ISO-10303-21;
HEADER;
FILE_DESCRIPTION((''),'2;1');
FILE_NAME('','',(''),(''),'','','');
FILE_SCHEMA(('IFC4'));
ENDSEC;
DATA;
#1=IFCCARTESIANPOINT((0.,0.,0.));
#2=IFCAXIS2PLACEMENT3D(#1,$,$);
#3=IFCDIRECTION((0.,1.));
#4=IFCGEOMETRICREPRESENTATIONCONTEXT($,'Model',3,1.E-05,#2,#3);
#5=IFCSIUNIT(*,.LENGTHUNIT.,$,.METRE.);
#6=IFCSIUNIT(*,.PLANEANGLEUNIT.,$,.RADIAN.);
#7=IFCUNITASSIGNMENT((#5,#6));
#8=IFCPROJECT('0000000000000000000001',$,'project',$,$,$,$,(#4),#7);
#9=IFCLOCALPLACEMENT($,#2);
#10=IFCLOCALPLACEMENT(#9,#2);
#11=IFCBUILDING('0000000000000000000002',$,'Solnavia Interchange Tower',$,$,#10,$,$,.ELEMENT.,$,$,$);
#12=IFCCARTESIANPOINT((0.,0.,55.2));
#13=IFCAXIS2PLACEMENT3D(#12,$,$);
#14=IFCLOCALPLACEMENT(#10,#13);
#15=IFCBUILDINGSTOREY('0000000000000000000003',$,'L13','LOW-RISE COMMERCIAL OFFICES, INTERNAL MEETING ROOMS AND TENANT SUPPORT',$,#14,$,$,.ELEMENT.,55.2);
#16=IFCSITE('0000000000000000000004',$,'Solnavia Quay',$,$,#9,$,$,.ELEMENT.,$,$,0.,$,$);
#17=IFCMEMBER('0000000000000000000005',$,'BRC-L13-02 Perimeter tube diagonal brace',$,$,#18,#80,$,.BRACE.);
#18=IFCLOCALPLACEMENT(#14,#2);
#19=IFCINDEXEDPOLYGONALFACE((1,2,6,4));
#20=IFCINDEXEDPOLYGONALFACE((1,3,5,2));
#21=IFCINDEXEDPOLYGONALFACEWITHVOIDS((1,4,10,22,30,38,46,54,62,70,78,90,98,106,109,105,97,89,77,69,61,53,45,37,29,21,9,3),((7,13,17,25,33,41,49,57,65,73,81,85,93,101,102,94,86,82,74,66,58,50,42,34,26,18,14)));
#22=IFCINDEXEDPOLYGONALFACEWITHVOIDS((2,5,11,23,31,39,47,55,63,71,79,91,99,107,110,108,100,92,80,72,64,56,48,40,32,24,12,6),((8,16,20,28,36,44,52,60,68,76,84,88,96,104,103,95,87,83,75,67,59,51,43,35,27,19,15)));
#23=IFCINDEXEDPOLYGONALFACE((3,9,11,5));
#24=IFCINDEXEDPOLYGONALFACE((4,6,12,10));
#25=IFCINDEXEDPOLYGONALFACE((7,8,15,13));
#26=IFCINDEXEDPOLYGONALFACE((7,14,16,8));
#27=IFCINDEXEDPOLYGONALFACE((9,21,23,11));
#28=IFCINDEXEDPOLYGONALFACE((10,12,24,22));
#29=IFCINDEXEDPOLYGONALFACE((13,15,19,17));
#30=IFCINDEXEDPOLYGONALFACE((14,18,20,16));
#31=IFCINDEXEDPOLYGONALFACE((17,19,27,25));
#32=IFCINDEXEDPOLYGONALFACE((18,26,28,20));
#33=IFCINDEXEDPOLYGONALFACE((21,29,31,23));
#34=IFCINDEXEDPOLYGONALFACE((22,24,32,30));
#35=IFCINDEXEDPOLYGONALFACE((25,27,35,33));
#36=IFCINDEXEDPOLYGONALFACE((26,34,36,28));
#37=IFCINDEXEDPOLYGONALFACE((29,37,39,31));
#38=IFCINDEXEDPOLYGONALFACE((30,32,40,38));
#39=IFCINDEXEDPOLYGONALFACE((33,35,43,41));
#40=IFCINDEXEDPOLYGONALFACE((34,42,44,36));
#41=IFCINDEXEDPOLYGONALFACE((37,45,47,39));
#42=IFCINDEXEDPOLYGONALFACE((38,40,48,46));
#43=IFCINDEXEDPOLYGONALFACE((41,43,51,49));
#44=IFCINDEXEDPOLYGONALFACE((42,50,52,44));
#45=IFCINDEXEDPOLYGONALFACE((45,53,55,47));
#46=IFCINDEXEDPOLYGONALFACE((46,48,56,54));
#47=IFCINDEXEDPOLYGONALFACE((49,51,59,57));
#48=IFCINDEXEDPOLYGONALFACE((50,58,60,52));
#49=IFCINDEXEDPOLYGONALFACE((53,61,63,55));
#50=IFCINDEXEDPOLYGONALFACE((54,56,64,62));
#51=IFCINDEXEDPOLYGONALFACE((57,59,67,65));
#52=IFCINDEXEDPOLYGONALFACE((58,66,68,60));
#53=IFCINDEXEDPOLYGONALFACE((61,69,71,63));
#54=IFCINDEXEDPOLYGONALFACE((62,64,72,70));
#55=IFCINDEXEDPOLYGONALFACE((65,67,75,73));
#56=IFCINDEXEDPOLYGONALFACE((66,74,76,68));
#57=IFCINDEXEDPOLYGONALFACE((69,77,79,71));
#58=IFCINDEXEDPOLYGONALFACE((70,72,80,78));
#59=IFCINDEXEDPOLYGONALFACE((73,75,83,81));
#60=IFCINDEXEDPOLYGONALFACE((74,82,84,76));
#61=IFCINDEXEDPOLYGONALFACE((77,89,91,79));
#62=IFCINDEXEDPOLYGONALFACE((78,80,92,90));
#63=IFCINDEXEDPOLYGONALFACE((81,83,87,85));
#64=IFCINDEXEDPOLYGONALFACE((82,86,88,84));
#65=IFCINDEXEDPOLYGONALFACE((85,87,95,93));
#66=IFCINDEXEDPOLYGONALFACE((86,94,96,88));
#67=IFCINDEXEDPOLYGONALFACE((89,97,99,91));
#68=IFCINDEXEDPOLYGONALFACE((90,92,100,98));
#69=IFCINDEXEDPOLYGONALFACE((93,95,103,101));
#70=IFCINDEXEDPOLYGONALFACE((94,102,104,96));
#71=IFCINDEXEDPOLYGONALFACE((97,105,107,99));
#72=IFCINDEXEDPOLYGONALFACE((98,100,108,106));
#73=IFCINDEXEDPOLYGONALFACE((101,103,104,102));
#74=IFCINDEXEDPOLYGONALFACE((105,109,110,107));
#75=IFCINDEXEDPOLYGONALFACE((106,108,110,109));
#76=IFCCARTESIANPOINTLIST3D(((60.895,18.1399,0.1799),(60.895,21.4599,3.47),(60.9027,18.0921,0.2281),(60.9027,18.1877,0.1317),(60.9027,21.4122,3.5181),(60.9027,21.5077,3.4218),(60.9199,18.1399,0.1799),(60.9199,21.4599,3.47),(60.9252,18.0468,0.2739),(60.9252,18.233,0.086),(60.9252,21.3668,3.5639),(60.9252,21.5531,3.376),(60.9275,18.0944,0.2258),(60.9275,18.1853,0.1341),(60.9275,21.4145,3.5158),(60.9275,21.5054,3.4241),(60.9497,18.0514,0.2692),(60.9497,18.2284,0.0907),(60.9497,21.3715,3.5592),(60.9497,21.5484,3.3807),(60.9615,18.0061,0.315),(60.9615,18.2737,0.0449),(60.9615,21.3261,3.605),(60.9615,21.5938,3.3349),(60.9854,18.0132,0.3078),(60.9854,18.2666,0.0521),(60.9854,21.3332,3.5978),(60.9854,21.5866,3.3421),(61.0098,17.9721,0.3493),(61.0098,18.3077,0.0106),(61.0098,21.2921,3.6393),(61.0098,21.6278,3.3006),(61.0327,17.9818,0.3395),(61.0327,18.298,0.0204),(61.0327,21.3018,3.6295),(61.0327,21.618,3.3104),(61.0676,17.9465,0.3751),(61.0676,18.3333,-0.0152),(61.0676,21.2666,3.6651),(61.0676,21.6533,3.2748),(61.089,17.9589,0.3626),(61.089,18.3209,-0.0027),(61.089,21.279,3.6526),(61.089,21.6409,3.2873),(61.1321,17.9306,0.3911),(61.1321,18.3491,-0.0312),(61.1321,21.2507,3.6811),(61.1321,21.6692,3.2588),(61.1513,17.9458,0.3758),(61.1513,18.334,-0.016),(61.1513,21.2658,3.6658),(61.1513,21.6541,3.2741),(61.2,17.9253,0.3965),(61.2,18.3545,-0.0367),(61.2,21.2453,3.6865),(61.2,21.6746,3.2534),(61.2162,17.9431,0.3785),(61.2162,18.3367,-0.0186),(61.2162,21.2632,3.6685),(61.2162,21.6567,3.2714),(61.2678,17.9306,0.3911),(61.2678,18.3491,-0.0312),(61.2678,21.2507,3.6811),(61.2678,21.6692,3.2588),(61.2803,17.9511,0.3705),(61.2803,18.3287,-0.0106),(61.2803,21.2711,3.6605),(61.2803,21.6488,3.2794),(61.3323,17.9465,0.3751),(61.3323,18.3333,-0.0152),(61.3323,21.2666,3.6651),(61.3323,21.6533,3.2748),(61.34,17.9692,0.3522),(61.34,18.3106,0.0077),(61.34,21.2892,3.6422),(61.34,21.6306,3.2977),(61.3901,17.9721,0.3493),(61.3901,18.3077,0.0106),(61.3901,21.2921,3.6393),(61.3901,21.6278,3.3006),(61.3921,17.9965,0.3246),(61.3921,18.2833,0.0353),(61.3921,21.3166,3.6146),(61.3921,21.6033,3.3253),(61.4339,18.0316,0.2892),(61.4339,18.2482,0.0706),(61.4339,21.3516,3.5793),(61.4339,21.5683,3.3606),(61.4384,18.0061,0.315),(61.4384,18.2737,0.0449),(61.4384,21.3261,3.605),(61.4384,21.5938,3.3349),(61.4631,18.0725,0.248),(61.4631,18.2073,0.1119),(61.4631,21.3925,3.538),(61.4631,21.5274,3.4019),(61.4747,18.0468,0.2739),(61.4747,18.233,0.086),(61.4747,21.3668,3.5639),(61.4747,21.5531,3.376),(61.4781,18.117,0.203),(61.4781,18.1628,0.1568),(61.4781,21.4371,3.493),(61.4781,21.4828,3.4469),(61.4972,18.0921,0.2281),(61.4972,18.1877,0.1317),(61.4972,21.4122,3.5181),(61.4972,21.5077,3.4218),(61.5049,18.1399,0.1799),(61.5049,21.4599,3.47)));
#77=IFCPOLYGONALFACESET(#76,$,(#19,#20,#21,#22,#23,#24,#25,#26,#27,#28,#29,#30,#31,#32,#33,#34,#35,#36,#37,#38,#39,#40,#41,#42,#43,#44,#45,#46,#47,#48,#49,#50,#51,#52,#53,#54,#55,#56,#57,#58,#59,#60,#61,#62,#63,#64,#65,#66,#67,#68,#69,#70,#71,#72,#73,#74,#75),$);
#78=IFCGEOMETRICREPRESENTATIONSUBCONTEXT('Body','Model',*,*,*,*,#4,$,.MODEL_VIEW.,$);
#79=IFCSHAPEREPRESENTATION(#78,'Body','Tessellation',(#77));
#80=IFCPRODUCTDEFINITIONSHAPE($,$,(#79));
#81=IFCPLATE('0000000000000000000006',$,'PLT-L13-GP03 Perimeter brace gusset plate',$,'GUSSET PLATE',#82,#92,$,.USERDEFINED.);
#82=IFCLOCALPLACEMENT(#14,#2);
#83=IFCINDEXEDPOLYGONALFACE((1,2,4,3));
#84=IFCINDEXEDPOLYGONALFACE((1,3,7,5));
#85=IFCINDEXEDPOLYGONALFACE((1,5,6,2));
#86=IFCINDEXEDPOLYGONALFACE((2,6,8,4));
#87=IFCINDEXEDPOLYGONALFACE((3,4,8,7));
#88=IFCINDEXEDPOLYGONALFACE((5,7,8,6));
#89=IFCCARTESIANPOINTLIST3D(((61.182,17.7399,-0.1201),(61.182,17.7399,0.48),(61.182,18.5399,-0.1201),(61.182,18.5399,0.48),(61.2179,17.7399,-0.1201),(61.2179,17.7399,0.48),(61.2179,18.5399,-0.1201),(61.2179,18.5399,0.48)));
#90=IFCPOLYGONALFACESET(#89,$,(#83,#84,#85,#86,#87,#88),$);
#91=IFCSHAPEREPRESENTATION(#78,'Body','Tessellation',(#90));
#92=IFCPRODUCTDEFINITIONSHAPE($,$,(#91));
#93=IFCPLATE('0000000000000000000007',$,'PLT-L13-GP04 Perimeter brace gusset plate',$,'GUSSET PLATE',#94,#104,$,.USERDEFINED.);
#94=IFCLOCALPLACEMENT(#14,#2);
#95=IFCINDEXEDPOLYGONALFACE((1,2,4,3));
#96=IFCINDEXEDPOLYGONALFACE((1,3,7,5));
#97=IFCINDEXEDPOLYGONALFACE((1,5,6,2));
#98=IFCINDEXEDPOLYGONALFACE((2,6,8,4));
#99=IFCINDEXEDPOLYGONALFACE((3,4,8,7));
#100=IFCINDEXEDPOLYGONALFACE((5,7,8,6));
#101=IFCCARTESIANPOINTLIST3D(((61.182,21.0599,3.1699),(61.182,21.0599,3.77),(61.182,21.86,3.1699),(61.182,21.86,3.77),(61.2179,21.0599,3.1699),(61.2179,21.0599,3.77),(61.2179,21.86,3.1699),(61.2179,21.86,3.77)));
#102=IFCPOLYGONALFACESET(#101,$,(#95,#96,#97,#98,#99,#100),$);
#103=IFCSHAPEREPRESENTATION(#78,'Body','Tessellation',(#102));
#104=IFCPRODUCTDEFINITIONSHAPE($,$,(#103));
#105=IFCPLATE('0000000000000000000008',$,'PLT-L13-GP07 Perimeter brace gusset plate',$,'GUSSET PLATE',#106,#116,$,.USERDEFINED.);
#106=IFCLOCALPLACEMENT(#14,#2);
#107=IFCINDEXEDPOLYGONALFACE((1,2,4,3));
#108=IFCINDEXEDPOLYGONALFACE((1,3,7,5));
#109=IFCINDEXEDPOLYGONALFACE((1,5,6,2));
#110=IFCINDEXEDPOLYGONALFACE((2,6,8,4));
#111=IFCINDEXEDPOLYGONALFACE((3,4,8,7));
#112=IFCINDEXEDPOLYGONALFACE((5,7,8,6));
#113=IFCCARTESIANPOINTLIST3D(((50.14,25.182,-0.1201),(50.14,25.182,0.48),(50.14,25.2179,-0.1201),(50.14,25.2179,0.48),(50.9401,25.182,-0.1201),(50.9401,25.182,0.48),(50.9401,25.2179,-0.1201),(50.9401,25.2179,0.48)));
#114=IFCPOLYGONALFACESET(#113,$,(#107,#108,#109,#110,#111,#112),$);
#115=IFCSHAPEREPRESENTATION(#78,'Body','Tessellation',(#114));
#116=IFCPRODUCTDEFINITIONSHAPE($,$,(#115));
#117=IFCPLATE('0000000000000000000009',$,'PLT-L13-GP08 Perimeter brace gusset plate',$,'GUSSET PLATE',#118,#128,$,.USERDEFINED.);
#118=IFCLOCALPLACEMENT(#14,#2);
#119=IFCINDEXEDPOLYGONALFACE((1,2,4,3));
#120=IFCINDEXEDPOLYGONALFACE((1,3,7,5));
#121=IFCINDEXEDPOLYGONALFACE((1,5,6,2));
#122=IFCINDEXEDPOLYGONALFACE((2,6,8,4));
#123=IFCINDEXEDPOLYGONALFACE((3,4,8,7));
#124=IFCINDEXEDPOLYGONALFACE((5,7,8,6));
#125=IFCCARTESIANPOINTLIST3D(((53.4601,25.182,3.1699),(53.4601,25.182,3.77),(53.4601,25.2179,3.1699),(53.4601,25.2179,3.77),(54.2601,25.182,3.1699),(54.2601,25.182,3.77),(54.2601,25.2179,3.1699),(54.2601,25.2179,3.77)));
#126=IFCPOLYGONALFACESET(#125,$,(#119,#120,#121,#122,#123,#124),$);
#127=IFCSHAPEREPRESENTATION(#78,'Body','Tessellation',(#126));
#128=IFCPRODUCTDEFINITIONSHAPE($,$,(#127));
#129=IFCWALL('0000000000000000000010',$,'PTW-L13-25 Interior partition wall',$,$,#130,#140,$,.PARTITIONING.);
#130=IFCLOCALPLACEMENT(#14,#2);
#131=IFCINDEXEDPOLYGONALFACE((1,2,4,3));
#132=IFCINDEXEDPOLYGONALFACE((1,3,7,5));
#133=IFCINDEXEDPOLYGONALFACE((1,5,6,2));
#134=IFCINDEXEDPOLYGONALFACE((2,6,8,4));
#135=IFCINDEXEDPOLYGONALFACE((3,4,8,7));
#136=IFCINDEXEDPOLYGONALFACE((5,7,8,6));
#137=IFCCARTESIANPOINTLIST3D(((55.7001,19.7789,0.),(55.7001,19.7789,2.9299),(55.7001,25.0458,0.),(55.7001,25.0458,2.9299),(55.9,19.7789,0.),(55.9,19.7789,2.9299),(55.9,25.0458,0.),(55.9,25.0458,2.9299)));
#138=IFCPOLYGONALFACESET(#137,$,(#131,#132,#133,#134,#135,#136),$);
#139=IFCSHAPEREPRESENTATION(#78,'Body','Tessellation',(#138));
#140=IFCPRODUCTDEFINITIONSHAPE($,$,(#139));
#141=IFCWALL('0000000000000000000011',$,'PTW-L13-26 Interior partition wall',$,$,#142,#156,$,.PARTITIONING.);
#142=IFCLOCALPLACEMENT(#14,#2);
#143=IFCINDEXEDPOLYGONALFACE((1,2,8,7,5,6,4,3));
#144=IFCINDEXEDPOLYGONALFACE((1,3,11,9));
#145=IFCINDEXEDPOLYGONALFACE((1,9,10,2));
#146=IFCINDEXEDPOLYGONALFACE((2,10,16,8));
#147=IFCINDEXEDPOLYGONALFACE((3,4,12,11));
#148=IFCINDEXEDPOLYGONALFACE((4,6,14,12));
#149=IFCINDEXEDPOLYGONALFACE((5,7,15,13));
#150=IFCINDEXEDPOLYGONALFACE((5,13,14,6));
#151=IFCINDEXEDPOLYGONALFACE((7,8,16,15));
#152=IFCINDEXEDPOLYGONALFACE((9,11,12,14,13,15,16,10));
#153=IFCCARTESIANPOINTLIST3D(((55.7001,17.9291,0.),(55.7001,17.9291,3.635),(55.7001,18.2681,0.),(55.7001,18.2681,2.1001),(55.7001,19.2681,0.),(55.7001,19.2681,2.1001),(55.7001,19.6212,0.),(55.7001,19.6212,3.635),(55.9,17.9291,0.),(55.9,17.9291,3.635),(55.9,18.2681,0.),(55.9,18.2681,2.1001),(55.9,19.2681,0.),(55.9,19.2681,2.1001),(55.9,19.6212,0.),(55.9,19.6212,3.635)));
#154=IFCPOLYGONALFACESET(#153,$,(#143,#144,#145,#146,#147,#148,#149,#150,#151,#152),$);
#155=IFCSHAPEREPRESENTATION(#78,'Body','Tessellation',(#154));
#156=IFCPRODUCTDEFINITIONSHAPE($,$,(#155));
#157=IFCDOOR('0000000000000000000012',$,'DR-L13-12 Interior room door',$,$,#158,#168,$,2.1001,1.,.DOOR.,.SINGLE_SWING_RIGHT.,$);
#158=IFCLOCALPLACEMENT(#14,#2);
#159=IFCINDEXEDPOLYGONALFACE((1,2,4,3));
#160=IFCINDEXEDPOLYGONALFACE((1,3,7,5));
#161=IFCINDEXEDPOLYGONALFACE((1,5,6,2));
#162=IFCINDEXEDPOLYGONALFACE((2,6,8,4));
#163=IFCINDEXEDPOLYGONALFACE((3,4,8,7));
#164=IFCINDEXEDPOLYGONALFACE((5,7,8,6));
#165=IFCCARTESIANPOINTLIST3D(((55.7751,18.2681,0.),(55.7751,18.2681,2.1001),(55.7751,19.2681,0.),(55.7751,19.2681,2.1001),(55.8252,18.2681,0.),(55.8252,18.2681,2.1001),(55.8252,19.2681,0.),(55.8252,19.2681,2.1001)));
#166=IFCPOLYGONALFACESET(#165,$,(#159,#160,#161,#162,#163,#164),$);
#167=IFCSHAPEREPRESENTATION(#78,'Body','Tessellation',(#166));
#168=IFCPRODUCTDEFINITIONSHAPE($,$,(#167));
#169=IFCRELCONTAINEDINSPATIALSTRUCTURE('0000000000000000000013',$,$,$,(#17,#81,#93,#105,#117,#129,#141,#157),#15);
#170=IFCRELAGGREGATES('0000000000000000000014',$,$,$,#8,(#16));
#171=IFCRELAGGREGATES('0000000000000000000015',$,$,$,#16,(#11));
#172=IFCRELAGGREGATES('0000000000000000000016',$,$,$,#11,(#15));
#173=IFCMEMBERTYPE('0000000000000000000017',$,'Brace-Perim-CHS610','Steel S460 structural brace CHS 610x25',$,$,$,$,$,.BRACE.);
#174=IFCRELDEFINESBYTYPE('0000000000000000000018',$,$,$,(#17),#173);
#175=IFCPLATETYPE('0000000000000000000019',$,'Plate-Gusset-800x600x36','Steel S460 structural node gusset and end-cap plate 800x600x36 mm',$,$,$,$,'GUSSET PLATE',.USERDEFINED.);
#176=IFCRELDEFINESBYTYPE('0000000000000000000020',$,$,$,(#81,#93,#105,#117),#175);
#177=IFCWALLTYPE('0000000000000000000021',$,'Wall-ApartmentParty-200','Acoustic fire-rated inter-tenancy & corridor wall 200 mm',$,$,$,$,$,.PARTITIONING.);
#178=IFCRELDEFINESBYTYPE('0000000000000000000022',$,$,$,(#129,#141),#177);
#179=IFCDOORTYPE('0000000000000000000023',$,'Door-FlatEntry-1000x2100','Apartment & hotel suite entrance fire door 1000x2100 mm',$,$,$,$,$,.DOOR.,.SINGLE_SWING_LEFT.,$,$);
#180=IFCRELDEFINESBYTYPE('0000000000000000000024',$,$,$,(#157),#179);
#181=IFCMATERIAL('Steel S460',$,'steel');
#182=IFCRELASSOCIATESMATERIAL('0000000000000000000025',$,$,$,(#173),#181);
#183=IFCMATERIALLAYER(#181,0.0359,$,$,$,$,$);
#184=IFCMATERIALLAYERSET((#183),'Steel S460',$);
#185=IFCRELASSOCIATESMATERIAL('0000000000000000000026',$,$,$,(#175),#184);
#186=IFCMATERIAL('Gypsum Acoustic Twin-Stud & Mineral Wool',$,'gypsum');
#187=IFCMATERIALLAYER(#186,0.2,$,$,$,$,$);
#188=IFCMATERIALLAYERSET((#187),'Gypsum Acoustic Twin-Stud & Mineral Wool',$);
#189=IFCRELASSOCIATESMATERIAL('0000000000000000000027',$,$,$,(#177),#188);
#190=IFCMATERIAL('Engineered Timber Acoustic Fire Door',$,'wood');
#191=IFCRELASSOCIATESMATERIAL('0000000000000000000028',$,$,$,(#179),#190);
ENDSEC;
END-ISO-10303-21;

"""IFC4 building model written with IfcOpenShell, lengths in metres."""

from ifc_helpers import new_model, si_unit, direction, frame, frame_2d, origin, origin_2d, place, context, subcontext, project, spatial, rectangle, hollow_circle, extrude, material, layer, layer_set, material_profile, profile_set, type_object, element, fill, save


model = new_model("IFC4")

# Units and contexts
model_context = context("Model", 3, precision=1e-05, world=origin(), true_north=direction((0.0, 1.0)))
body_context = subcontext(model_context, "Body", "Model", "MODEL_VIEW")
ifc_project = project(units=[si_unit("LENGTHUNIT", "METRE"), si_unit("PLANEANGLEUNIT", "RADIAN")], contexts=[model_context])

# Site, building, storey
site_placement = place(None, origin())
site = spatial("IfcSite", under=ifc_project, at=site_placement, Name="Solnavia Quay", CompositionType="ELEMENT", RefElevation=0.0)
building_placement = place(site_placement, origin())
building = spatial("IfcBuilding", under=site, at=building_placement, Name="Solnavia Interchange Tower", CompositionType="ELEMENT")
storey_placement = place(building_placement, frame((0.0, 0.0, 55.2)))
storey = spatial("IfcBuildingStorey", under=building, at=storey_placement, Name="L13", Description="LOW-RISE COMMERCIAL OFFICES, INTERNAL MEETING ROOMS AND TENANT SUPPORT", CompositionType="ELEMENT", Elevation=55.2)

# Member
ifc_material_1 = material(Name="Steel S460", Category="steel")
ifc_material_profile_1 = material_profile(ifc_material_1, hollow_circle(Radius=0.3049, WallThickness=0.0249, at=origin_2d()), Name="CHS 610x25")
ifc_profile_set_1 = profile_set([ifc_material_profile_1], Name="Steel S460")
member_type = type_object("IfcMemberType", Name="Brace-Perim-CHS610", Description="Steel S460 structural brace CHS 610x25", PredefinedType="BRACE", material=ifc_profile_set_1)
member_placement = place(storey_placement, frame((61.2, 18.1399, 0.1799), z_axis=(0.0, 0.710312, 0.703887), x_axis=(-1.0, 0.0, 0.0)))
element("IfcMember", 1, at=member_placement, inside=storey, type_object=member_type, Name="BRC-L13-02 Perimeter tube diagonal brace", PredefinedType="BRACE", context=body_context, shape_type="SweptSolid", body=[
    extrude(hollow_circle(Radius=0.3049, WallThickness=0.0249, at=origin_2d()), origin(), (0.0, 0.0, 1.0), 4.6741),
])

# Plates
ifc_layer_1 = layer(ifc_material_1, 0.0359)
ifc_layer_set_1 = layer_set([ifc_layer_1], Name="Steel S460")
plate_type = type_object("IfcPlateType", Name="Plate-Gusset-800x600x36", Description="Steel S460 structural node gusset and end-cap plate 800x600x36 mm", ElementType="GUSSET PLATE", PredefinedType="USERDEFINED", material=ifc_layer_set_1)
for number, where, z_axis, x_axis, name in (
    (2, (61.2, 18.1399, -0.1201), (0.0, 0.0, 1.0), (0.0, 1.0, 0.0), "PLT-L13-GP03 Perimeter brace gusset plate"),
    (3, (61.2, 21.46, 3.1699), (0.0, 0.0, 1.0), (0.0, 1.0, 0.0), "PLT-L13-GP04 Perimeter brace gusset plate"),
    (4, (50.54, 25.2, -0.1201), (0.0, 0.0, 1.0), (1.0, 0.0, 0.0), "PLT-L13-GP07 Perimeter brace gusset plate"),
    (5, (53.8601, 25.2, 3.1699), (0.0, 0.0, 1.0), (1.0, 0.0, 0.0), "PLT-L13-GP08 Perimeter brace gusset plate"),
):
    element("IfcPlate", number, at=place(storey_placement, frame(where, z_axis=z_axis, x_axis=x_axis)), inside=storey, type_object=plate_type, Name=name, ObjectType="GUSSET PLATE", PredefinedType="USERDEFINED", context=body_context, shape_type="SweptSolid", body=[
        extrude(rectangle(XDim=0.8, YDim=0.0359, at=origin_2d()), origin(), (0.0, 0.0, 1.0), 0.6001),
    ])

# Wall
ifc_material_2 = material(Name="Gypsum Acoustic Twin-Stud & Mineral Wool", Category="gypsum")
ifc_layer_2 = layer(ifc_material_2, 0.2)
ifc_layer_set_2 = layer_set([ifc_layer_2], Name="Gypsum Acoustic Twin-Stud & Mineral Wool")
wall_type_1 = type_object("IfcWallType", Name="Wall-ApartmentParty-200", Description="Acoustic fire-rated inter-tenancy & corridor wall 200 mm", PredefinedType="PARTITIONING", material=ifc_layer_set_2)
wall_1_placement = place(storey_placement, frame((55.8, 19.7791, 0.0), z_axis=(0.0, 0.0, 1.0), x_axis=(0.0, 1.0, 0.0)))
element("IfcWall", 6, at=wall_1_placement, inside=storey, type_object=wall_type_1, Name="PTW-L13-25 Interior partition wall", PredefinedType="PARTITIONING", context=body_context, shape_type="SweptSolid", body=[
    extrude(rectangle(XDim=5.2668, YDim=0.2, at=frame_2d((2.6333, 0.0))), origin(), (0.0, 0.0, 1.0), 2.9299),
])

# Wall, opening, door
wall_2_placement = place(storey_placement, frame((55.8, 17.929, 0.0), z_axis=(0.0, 0.0, 1.0), x_axis=(0.0, 1.0, 0.0)))
wall_2 = element("IfcWall", 7, at=wall_2_placement, inside=storey, type_object=wall_type_1, Name="PTW-L13-26 Interior partition wall", PredefinedType="PARTITIONING", context=body_context, shape_type="SweptSolid", body=[
    extrude(rectangle(XDim=1.6921, YDim=0.2, at=frame_2d((0.8462, 0.0))), origin(), (0.0, 0.0, 1.0), 3.635),
])
opening_1_placement = place(wall_2_placement, frame((0.3391, 0.0, 0.0)))
opening_1 = element("IfcOpeningElement", 8, at=opening_1_placement, cuts=wall_2, PredefinedType="OPENING", context=body_context, shape_type="SweptSolid", body=[
    extrude(rectangle(XDim=1.0, YDim=2.1001, at=frame_2d((0.5, 1.05))), frame((0.0, 0.1099, 0.0), z_axis=(0.0, -1.0, 0.0), x_axis=(1.0, 0.0, 0.0)), (0.0, 0.0, 1.0), 0.22),
])
ifc_material_3 = material(Name="Engineered Timber Acoustic Fire Door", Category="wood")
door_type = type_object("IfcDoorType", Name="Door-FlatEntry-1000x2100", Description="Apartment & hotel suite entrance fire door 1000x2100 mm", OperationType="SINGLE_SWING_LEFT", PredefinedType="DOOR", material=ifc_material_3)
door_placement = place(opening_1_placement, origin())
door = element("IfcDoor", 9, at=door_placement, inside=storey, type_object=door_type, Name="DR-L13-12 Interior room door", OperationType="SINGLE_SWING_RIGHT", OverallHeight=2.1001, OverallWidth=1.0, PredefinedType="DOOR", context=body_context, shape_type="SweptSolid", body=[
    extrude(rectangle(XDim=1.0, YDim=2.1001, at=frame_2d((0.5, 1.05))), frame((0.0, 0.0249, 0.0), z_axis=(0.0, -1.0, 0.0), x_axis=(1.0, 0.0, 0.0)), (0.0, 0.0, 1.0), 0.05),
])
fill(opening_1, door)

save(model, "model.ifc")
